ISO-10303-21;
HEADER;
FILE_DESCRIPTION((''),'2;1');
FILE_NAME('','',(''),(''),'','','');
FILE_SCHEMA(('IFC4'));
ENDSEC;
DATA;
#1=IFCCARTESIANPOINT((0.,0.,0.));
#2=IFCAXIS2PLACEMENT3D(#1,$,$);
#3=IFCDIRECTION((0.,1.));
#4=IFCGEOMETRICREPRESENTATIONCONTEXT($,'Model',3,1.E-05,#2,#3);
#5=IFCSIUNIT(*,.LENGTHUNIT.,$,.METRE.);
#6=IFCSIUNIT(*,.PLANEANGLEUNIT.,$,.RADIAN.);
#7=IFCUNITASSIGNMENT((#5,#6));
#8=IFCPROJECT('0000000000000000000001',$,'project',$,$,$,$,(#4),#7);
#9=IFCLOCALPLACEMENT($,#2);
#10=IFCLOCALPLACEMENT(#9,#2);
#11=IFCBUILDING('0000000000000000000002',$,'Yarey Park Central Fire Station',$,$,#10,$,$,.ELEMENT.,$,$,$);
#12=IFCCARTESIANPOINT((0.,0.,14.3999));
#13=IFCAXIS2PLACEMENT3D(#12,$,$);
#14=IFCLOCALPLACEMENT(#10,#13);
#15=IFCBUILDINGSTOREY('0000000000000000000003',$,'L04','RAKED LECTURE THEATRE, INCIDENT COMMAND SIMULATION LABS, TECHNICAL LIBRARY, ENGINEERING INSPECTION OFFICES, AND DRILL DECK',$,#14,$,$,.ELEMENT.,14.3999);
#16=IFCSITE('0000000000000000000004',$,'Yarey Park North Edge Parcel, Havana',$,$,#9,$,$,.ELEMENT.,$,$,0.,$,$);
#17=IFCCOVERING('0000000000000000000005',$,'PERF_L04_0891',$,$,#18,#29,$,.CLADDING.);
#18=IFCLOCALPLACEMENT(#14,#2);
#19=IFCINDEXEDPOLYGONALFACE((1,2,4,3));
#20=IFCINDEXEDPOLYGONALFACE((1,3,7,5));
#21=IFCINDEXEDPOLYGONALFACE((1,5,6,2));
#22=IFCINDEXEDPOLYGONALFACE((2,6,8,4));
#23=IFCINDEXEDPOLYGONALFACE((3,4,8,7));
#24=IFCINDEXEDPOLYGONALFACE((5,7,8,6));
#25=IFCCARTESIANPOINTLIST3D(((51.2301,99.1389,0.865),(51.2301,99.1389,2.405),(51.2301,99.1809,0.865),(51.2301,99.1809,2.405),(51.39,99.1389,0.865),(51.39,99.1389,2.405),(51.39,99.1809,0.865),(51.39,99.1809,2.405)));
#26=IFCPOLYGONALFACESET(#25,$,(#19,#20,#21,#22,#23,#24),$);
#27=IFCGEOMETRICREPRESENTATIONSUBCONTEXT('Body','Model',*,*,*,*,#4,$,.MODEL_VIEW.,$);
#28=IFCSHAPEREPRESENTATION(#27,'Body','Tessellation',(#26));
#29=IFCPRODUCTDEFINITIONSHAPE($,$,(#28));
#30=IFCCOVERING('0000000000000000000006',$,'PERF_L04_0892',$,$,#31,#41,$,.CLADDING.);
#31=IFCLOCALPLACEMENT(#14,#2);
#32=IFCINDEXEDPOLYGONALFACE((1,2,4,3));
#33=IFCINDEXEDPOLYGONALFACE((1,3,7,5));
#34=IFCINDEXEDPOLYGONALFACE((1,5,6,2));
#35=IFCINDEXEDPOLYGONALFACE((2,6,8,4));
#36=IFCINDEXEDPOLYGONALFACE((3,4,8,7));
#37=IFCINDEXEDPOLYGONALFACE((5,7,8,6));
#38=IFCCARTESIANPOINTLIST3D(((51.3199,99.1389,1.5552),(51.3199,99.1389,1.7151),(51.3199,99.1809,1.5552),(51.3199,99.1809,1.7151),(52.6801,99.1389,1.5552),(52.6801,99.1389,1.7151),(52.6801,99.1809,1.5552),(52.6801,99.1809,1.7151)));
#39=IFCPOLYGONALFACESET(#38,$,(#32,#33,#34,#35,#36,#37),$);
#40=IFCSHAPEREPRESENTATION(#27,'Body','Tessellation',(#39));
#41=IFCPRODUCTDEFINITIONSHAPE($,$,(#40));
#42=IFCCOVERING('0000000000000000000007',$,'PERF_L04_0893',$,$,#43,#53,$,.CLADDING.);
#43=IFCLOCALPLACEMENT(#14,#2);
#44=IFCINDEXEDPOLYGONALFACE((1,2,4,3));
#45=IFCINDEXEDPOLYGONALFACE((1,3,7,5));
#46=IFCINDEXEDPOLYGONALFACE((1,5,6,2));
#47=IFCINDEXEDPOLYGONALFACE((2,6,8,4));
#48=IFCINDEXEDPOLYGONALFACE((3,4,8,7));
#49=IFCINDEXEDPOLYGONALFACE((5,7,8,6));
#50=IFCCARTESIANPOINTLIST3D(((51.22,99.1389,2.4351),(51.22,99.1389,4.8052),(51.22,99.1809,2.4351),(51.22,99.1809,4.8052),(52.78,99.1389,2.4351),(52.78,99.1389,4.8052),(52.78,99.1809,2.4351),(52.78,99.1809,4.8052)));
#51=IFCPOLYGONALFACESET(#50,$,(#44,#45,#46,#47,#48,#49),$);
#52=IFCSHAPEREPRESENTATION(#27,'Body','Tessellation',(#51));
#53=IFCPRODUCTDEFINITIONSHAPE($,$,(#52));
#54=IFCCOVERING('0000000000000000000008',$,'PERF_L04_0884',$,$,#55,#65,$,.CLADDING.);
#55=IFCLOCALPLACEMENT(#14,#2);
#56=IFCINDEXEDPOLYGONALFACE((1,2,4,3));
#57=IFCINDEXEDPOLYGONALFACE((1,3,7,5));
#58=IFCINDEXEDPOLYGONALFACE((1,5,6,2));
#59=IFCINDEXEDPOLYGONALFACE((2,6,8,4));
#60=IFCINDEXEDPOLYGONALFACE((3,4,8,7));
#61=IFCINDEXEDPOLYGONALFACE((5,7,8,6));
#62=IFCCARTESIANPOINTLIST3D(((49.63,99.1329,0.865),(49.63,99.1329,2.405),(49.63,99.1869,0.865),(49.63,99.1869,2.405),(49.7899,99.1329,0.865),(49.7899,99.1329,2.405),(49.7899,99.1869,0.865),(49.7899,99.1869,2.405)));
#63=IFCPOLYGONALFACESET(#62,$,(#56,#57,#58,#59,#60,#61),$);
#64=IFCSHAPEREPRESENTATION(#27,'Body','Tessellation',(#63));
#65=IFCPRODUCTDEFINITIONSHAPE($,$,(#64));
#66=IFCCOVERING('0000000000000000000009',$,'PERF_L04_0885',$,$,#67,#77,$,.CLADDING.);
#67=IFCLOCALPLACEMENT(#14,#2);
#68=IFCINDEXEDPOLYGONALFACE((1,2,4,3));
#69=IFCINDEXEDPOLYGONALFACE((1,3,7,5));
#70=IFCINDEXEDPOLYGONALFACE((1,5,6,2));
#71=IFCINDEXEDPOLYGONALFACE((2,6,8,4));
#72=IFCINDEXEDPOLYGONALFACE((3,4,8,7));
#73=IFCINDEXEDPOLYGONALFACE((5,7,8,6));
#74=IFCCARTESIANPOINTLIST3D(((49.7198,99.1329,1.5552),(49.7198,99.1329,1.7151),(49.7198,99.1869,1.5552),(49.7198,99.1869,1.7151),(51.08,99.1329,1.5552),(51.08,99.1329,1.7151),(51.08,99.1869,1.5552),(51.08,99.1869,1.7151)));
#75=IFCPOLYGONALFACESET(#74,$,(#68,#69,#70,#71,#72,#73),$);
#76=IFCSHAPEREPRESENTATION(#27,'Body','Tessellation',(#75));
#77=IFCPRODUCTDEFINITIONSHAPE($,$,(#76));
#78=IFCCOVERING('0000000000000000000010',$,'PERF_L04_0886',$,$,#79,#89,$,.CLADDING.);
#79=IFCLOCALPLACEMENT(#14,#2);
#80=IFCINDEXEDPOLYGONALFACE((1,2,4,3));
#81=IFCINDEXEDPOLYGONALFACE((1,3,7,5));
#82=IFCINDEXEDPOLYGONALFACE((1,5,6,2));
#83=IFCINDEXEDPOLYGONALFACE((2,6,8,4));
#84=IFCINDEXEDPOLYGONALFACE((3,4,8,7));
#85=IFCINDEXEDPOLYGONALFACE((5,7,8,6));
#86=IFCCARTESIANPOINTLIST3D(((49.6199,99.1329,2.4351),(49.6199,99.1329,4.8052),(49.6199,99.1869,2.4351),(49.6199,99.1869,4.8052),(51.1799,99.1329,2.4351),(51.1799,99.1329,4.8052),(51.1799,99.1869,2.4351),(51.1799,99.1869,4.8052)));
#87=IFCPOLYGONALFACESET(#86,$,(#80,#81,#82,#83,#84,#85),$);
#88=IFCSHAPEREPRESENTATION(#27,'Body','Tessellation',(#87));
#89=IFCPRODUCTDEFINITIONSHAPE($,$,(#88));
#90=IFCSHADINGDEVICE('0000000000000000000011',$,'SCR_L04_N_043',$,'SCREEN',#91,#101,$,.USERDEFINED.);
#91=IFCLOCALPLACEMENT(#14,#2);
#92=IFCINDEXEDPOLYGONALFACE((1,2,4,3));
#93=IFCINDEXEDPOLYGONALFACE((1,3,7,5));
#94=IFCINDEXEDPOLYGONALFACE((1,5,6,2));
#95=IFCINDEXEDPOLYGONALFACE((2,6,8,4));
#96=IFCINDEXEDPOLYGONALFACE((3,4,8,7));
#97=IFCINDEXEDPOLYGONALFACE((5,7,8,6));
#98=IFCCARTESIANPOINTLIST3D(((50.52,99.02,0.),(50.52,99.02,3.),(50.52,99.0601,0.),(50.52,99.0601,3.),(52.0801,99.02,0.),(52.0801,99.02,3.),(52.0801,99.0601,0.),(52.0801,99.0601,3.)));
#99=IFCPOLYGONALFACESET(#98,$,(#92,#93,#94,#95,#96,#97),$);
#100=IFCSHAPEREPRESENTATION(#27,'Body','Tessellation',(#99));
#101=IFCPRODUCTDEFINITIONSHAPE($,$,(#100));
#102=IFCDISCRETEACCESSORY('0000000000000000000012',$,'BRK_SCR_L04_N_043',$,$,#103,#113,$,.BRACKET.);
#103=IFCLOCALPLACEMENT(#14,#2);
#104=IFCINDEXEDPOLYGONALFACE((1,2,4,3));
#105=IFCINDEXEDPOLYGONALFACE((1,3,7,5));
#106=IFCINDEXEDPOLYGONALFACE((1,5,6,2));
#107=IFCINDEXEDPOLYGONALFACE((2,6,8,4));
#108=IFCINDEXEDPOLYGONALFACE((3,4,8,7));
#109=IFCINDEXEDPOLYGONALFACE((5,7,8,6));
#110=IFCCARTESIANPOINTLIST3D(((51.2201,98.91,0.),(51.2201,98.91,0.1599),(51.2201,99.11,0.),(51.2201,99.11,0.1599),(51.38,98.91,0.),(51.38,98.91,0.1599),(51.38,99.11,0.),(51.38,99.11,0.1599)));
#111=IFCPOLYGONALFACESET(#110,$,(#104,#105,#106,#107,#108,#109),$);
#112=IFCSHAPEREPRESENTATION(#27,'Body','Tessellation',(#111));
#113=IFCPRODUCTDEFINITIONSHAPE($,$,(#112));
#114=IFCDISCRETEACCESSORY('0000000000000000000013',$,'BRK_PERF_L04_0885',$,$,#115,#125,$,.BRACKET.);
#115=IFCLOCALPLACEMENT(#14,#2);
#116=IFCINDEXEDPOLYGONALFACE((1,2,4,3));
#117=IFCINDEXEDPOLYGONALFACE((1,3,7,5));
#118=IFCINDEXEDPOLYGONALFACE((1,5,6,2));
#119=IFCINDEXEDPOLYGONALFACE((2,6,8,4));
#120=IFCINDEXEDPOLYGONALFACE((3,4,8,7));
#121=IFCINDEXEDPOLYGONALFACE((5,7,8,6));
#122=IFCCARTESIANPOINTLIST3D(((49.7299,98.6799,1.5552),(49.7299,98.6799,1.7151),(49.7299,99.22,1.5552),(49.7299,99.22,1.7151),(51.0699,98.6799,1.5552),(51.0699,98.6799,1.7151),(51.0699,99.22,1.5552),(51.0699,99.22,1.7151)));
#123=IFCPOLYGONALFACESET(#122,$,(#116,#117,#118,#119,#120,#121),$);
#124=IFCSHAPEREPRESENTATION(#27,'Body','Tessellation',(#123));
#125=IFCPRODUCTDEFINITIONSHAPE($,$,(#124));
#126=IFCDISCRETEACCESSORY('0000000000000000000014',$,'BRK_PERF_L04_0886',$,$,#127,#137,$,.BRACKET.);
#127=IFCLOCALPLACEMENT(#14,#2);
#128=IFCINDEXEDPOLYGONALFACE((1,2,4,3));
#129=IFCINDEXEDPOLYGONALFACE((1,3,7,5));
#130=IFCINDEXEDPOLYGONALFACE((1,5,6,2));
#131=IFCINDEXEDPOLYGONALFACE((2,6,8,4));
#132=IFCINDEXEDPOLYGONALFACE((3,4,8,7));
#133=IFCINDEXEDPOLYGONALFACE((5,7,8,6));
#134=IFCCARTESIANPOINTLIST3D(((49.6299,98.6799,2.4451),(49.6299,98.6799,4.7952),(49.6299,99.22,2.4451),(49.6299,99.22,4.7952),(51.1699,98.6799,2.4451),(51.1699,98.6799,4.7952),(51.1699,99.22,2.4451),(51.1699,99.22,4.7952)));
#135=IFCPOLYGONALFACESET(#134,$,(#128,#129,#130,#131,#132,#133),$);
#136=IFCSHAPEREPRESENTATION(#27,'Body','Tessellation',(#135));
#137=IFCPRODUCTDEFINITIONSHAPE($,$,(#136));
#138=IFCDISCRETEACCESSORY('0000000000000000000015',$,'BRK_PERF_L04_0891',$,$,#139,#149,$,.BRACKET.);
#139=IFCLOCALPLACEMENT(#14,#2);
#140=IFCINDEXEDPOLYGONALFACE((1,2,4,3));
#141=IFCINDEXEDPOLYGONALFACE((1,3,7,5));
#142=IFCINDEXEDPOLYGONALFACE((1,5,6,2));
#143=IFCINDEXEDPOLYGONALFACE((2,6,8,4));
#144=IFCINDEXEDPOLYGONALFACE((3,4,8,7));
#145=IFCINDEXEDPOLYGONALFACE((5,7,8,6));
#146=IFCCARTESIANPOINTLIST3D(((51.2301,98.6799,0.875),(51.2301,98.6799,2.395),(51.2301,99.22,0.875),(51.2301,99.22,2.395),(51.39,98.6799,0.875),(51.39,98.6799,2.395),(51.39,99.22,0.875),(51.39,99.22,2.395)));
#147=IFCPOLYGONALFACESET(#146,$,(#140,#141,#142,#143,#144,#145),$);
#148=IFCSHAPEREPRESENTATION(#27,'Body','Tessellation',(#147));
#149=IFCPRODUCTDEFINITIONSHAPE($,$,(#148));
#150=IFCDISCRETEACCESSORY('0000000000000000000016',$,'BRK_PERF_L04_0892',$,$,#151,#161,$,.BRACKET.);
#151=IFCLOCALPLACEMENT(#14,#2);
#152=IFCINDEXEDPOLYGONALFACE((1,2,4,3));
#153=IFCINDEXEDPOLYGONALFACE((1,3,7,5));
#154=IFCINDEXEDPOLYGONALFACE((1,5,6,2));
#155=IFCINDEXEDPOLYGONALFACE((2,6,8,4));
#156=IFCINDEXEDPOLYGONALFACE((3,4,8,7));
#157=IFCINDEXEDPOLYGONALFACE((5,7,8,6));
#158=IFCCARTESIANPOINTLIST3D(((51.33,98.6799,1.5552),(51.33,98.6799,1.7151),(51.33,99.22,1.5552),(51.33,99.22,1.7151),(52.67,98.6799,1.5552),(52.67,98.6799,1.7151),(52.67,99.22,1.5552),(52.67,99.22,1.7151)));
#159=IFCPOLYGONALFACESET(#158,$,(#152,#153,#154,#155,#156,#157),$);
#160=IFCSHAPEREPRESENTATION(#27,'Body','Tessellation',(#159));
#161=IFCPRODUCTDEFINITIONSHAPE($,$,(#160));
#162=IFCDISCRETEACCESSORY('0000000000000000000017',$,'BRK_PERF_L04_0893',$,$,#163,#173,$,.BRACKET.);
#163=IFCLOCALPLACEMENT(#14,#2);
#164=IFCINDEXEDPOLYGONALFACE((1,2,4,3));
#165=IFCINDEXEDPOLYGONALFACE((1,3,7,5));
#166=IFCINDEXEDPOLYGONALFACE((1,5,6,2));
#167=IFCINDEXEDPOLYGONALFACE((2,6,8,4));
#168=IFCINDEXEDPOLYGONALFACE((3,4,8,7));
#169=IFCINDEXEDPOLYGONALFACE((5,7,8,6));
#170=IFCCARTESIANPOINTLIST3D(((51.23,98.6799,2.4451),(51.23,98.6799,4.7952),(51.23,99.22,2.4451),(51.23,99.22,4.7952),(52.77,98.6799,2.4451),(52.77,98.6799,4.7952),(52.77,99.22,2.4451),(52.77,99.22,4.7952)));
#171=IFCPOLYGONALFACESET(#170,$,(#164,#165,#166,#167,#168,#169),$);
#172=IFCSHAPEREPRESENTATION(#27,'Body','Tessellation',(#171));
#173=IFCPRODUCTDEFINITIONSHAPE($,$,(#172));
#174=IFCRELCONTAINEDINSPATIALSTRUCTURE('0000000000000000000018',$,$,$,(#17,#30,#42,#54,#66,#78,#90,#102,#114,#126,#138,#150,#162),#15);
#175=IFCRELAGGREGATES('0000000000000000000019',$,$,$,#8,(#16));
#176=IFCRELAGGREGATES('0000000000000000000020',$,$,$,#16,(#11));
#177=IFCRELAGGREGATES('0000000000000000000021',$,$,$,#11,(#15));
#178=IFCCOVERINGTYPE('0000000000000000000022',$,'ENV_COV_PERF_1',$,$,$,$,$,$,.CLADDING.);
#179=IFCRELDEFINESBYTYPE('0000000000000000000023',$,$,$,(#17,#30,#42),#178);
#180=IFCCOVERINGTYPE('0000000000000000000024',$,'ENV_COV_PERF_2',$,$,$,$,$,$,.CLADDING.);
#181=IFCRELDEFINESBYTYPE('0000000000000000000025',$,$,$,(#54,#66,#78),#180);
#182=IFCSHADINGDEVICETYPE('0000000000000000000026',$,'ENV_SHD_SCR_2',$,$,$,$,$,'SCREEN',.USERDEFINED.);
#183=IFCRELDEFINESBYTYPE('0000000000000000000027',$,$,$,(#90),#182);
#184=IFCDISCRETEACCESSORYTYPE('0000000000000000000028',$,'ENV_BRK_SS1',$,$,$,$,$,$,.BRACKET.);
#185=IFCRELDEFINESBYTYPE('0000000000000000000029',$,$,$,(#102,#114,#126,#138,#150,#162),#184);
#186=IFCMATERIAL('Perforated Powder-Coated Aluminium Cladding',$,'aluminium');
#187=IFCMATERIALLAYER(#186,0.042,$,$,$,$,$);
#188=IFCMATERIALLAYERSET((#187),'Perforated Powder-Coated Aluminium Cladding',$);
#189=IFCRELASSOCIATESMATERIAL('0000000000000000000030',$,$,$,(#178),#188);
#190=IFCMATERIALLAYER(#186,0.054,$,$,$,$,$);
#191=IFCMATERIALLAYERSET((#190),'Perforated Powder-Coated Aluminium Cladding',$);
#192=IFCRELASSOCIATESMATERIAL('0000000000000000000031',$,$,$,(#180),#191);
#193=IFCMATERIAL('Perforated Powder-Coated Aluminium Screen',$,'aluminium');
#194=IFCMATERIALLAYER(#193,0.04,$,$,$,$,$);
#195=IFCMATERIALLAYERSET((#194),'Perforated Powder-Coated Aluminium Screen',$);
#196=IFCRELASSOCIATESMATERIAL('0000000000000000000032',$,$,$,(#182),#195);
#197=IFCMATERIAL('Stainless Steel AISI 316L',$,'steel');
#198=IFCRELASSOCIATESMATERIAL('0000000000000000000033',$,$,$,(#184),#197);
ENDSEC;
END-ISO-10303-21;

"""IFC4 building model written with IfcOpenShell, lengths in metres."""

from ifc_helpers import new_model, si_unit, direction, frame, origin, origin_2d, place, context, subcontext, project, spatial, rectangle, extrude, material, layer, layer_set, type_object, element, save


model = new_model("IFC4")

# Units and contexts
model_context = context("Model", 3, precision=1e-05, world=origin(), true_north=direction((0.0, 1.0)))
body_context = subcontext(model_context, "Body", "Model", "MODEL_VIEW")
ifc_project = project(units=[si_unit("LENGTHUNIT", "METRE"), si_unit("PLANEANGLEUNIT", "RADIAN")], contexts=[model_context])

# Site, building, storey
site_placement = place(None, origin())
site = spatial("IfcSite", under=ifc_project, at=site_placement, Name="Yarey Park North Edge Parcel, Havana", CompositionType="ELEMENT", RefElevation=0.0)
building_placement = place(site_placement, origin())
building = spatial("IfcBuilding", under=site, at=building_placement, Name="Yarey Park Central Fire Station", CompositionType="ELEMENT")
storey_placement = place(building_placement, frame((0.0, 0.0, 14.3999)))
storey = spatial("IfcBuildingStorey", under=building, at=storey_placement, Name="L04", Description="RAKED LECTURE THEATRE, INCIDENT COMMAND SIMULATION LABS, TECHNICAL LIBRARY, ENGINEERING INSPECTION OFFICES, AND DRILL DECK", CompositionType="ELEMENT", Elevation=14.3999)

# Coverings
ifc_material_1 = material(Name="Perforated Powder-Coated Aluminium Cladding", Category="aluminium")
ifc_layer_1 = layer(ifc_material_1, 0.042)
ifc_layer_set_1 = layer_set([ifc_layer_1], Name="Perforated Powder-Coated Aluminium Cladding")
covering_type_1 = type_object("IfcCoveringType", Name="ENV_COV_PERF_1", PredefinedType="CLADDING", material=ifc_layer_set_1)
covering_1_placement = place(storey_placement, frame((51.3101, 99.1599, 0.865), z_axis=(0.0, 0.0, 1.0), x_axis=(1.0, 0.0, 0.0)))
element("IfcCovering", 1, at=covering_1_placement, inside=storey, type_object=covering_type_1, Name="PERF_L04_0891", PredefinedType="CLADDING", context=body_context, shape_type="SweptSolid", body=[
    extrude(rectangle(XDim=0.1599, YDim=0.042, at=origin_2d()), origin(), (0.0, 0.0, 1.0), 1.54),
])
covering_2_placement = place(storey_placement, frame((52.0, 99.1599, 1.5552), z_axis=(0.0, 0.0, 1.0), x_axis=(1.0, 0.0, 0.0)))
element("IfcCovering", 2, at=covering_2_placement, inside=storey, type_object=covering_type_1, Name="PERF_L04_0892", PredefinedType="CLADDING", context=body_context, shape_type="SweptSolid", body=[
    extrude(rectangle(XDim=1.3601, YDim=0.042, at=origin_2d()), origin(), (0.0, 0.0, 1.0), 0.1599),
])
covering_3_placement = place(storey_placement, frame((52.0, 99.1599, 2.4351), z_axis=(0.0, 0.0, 1.0), x_axis=(1.0, 0.0, 0.0)))
element("IfcCovering", 3, at=covering_3_placement, inside=storey, type_object=covering_type_1, Name="PERF_L04_0893", PredefinedType="CLADDING", context=body_context, shape_type="SweptSolid", body=[
    extrude(rectangle(XDim=1.5601, YDim=0.042, at=origin_2d()), origin(), (0.0, 0.0, 1.0), 2.3701),
])
ifc_layer_2 = layer(ifc_material_1, 0.054)
ifc_layer_set_2 = layer_set([ifc_layer_2], Name="Perforated Powder-Coated Aluminium Cladding")
covering_type_2 = type_object("IfcCoveringType", Name="ENV_COV_PERF_2", PredefinedType="CLADDING", material=ifc_layer_set_2)
covering_4_placement = place(storey_placement, frame((49.71, 99.1599, 0.865), z_axis=(0.0, 0.0, 1.0), x_axis=(1.0, 0.0, 0.0)))
element("IfcCovering", 4, at=covering_4_placement, inside=storey, type_object=covering_type_2, Name="PERF_L04_0884", PredefinedType="CLADDING", context=body_context, shape_type="SweptSolid", body=[
    extrude(rectangle(XDim=0.1599, YDim=0.054, at=origin_2d()), origin(), (0.0, 0.0, 1.0), 1.54),
])
covering_5_placement = place(storey_placement, frame((50.3999, 99.1599, 1.5552), z_axis=(0.0, 0.0, 1.0), x_axis=(1.0, 0.0, 0.0)))
element("IfcCovering", 5, at=covering_5_placement, inside=storey, type_object=covering_type_2, Name="PERF_L04_0885", PredefinedType="CLADDING", context=body_context, shape_type="SweptSolid", body=[
    extrude(rectangle(XDim=1.3601, YDim=0.054, at=origin_2d()), origin(), (0.0, 0.0, 1.0), 0.1599),
])
covering_6_placement = place(storey_placement, frame((50.3999, 99.1599, 2.4351), z_axis=(0.0, 0.0, 1.0), x_axis=(1.0, 0.0, 0.0)))
element("IfcCovering", 6, at=covering_6_placement, inside=storey, type_object=covering_type_2, Name="PERF_L04_0886", PredefinedType="CLADDING", context=body_context, shape_type="SweptSolid", body=[
    extrude(rectangle(XDim=1.5601, YDim=0.054, at=origin_2d()), origin(), (0.0, 0.0, 1.0), 2.3701),
])

# Shading device
ifc_material_2 = material(Name="Perforated Powder-Coated Aluminium Screen", Category="aluminium")
ifc_layer_3 = layer(ifc_material_2, 0.04)
ifc_layer_set_3 = layer_set([ifc_layer_3], Name="Perforated Powder-Coated Aluminium Screen")
shading_device_type = type_object("IfcShadingDeviceType", Name="ENV_SHD_SCR_2", ElementType="SCREEN", PredefinedType="USERDEFINED", material=ifc_layer_set_3)
shading_device_placement = place(storey_placement, frame((51.3, 99.04, 0.0), z_axis=(0.0, 0.0, 1.0), x_axis=(1.0, 0.0, 0.0)))
element("IfcShadingDevice", 7, at=shading_device_placement, inside=storey, type_object=shading_device_type, Name="SCR_L04_N_043", ObjectType="SCREEN", PredefinedType="USERDEFINED", context=body_context, shape_type="SweptSolid", body=[
    extrude(rectangle(XDim=1.5601, YDim=0.04, at=origin_2d()), origin(), (0.0, 0.0, 1.0), 3.0),
])

# Discrete accessories
ifc_material_3 = material(Name="Stainless Steel AISI 316L", Category="steel")
discrete_accessory_type = type_object("IfcDiscreteAccessoryType", Name="ENV_BRK_SS1", PredefinedType="BRACKET", material=ifc_material_3)
discrete_accessory_1_placement = place(storey_placement, frame((51.3, 99.01, 0.0), z_axis=(0.0, 0.0, 1.0), x_axis=(1.0, 0.0, 0.0)))
element("IfcDiscreteAccessory", 8, at=discrete_accessory_1_placement, inside=storey, type_object=discrete_accessory_type, Name="BRK_SCR_L04_N_043", PredefinedType="BRACKET", context=body_context, shape_type="SweptSolid", body=[
    extrude(rectangle(XDim=0.1599, YDim=0.2, at=origin_2d()), origin(), (0.0, 0.0, 1.0), 0.1599),
])
discrete_accessory_2_placement = place(storey_placement, frame((50.3999, 98.95, 1.5552), z_axis=(0.0, 0.0, 1.0), x_axis=(1.0, 0.0, 0.0)))
element("IfcDiscreteAccessory", 9, at=discrete_accessory_2_placement, inside=storey, type_object=discrete_accessory_type, Name="BRK_PERF_L04_0885", PredefinedType="BRACKET", context=body_context, shape_type="SweptSolid", body=[
    extrude(rectangle(XDim=1.3401, YDim=0.54, at=origin_2d()), origin(), (0.0, 0.0, 1.0), 0.1599),
])
discrete_accessory_3_placement = place(storey_placement, frame((50.3999, 98.95, 2.4451), z_axis=(0.0, 0.0, 1.0), x_axis=(1.0, 0.0, 0.0)))
element("IfcDiscreteAccessory", 10, at=discrete_accessory_3_placement, inside=storey, type_object=discrete_accessory_type, Name="BRK_PERF_L04_0886", PredefinedType="BRACKET", context=body_context, shape_type="SweptSolid", body=[
    extrude(rectangle(XDim=1.54, YDim=0.54, at=origin_2d()), origin(), (0.0, 0.0, 1.0), 2.3501),
])
discrete_accessory_4_placement = place(storey_placement, frame((51.3101, 98.95, 0.875), z_axis=(0.0, 0.0, 1.0), x_axis=(1.0, 0.0, 0.0)))
element("IfcDiscreteAccessory", 11, at=discrete_accessory_4_placement, inside=storey, type_object=discrete_accessory_type, Name="BRK_PERF_L04_0891", PredefinedType="BRACKET", context=body_context, shape_type="SweptSolid", body=[
    extrude(rectangle(XDim=0.1599, YDim=0.54, at=origin_2d()), origin(), (0.0, 0.0, 1.0), 1.52),
])
discrete_accessory_5_placement = place(storey_placement, frame((52.0, 98.95, 1.5552), z_axis=(0.0, 0.0, 1.0), x_axis=(1.0, 0.0, 0.0)))
element("IfcDiscreteAccessory", 12, at=discrete_accessory_5_placement, inside=storey, type_object=discrete_accessory_type, Name="BRK_PERF_L04_0892", PredefinedType="BRACKET", context=body_context, shape_type="SweptSolid", body=[
    extrude(rectangle(XDim=1.3401, YDim=0.54, at=origin_2d()), origin(), (0.0, 0.0, 1.0), 0.1599),
])
discrete_accessory_6_placement = place(storey_placement, frame((52.0, 98.95, 2.4451), z_axis=(0.0, 0.0, 1.0), x_axis=(1.0, 0.0, 0.0)))
element("IfcDiscreteAccessory", 13, at=discrete_accessory_6_placement, inside=storey, type_object=discrete_accessory_type, Name="BRK_PERF_L04_0893", PredefinedType="BRACKET", context=body_context, shape_type="SweptSolid", body=[
    extrude(rectangle(XDim=1.54, YDim=0.54, at=origin_2d()), origin(), (0.0, 0.0, 1.0), 2.3501),
])

save(model, "model.ifc")
